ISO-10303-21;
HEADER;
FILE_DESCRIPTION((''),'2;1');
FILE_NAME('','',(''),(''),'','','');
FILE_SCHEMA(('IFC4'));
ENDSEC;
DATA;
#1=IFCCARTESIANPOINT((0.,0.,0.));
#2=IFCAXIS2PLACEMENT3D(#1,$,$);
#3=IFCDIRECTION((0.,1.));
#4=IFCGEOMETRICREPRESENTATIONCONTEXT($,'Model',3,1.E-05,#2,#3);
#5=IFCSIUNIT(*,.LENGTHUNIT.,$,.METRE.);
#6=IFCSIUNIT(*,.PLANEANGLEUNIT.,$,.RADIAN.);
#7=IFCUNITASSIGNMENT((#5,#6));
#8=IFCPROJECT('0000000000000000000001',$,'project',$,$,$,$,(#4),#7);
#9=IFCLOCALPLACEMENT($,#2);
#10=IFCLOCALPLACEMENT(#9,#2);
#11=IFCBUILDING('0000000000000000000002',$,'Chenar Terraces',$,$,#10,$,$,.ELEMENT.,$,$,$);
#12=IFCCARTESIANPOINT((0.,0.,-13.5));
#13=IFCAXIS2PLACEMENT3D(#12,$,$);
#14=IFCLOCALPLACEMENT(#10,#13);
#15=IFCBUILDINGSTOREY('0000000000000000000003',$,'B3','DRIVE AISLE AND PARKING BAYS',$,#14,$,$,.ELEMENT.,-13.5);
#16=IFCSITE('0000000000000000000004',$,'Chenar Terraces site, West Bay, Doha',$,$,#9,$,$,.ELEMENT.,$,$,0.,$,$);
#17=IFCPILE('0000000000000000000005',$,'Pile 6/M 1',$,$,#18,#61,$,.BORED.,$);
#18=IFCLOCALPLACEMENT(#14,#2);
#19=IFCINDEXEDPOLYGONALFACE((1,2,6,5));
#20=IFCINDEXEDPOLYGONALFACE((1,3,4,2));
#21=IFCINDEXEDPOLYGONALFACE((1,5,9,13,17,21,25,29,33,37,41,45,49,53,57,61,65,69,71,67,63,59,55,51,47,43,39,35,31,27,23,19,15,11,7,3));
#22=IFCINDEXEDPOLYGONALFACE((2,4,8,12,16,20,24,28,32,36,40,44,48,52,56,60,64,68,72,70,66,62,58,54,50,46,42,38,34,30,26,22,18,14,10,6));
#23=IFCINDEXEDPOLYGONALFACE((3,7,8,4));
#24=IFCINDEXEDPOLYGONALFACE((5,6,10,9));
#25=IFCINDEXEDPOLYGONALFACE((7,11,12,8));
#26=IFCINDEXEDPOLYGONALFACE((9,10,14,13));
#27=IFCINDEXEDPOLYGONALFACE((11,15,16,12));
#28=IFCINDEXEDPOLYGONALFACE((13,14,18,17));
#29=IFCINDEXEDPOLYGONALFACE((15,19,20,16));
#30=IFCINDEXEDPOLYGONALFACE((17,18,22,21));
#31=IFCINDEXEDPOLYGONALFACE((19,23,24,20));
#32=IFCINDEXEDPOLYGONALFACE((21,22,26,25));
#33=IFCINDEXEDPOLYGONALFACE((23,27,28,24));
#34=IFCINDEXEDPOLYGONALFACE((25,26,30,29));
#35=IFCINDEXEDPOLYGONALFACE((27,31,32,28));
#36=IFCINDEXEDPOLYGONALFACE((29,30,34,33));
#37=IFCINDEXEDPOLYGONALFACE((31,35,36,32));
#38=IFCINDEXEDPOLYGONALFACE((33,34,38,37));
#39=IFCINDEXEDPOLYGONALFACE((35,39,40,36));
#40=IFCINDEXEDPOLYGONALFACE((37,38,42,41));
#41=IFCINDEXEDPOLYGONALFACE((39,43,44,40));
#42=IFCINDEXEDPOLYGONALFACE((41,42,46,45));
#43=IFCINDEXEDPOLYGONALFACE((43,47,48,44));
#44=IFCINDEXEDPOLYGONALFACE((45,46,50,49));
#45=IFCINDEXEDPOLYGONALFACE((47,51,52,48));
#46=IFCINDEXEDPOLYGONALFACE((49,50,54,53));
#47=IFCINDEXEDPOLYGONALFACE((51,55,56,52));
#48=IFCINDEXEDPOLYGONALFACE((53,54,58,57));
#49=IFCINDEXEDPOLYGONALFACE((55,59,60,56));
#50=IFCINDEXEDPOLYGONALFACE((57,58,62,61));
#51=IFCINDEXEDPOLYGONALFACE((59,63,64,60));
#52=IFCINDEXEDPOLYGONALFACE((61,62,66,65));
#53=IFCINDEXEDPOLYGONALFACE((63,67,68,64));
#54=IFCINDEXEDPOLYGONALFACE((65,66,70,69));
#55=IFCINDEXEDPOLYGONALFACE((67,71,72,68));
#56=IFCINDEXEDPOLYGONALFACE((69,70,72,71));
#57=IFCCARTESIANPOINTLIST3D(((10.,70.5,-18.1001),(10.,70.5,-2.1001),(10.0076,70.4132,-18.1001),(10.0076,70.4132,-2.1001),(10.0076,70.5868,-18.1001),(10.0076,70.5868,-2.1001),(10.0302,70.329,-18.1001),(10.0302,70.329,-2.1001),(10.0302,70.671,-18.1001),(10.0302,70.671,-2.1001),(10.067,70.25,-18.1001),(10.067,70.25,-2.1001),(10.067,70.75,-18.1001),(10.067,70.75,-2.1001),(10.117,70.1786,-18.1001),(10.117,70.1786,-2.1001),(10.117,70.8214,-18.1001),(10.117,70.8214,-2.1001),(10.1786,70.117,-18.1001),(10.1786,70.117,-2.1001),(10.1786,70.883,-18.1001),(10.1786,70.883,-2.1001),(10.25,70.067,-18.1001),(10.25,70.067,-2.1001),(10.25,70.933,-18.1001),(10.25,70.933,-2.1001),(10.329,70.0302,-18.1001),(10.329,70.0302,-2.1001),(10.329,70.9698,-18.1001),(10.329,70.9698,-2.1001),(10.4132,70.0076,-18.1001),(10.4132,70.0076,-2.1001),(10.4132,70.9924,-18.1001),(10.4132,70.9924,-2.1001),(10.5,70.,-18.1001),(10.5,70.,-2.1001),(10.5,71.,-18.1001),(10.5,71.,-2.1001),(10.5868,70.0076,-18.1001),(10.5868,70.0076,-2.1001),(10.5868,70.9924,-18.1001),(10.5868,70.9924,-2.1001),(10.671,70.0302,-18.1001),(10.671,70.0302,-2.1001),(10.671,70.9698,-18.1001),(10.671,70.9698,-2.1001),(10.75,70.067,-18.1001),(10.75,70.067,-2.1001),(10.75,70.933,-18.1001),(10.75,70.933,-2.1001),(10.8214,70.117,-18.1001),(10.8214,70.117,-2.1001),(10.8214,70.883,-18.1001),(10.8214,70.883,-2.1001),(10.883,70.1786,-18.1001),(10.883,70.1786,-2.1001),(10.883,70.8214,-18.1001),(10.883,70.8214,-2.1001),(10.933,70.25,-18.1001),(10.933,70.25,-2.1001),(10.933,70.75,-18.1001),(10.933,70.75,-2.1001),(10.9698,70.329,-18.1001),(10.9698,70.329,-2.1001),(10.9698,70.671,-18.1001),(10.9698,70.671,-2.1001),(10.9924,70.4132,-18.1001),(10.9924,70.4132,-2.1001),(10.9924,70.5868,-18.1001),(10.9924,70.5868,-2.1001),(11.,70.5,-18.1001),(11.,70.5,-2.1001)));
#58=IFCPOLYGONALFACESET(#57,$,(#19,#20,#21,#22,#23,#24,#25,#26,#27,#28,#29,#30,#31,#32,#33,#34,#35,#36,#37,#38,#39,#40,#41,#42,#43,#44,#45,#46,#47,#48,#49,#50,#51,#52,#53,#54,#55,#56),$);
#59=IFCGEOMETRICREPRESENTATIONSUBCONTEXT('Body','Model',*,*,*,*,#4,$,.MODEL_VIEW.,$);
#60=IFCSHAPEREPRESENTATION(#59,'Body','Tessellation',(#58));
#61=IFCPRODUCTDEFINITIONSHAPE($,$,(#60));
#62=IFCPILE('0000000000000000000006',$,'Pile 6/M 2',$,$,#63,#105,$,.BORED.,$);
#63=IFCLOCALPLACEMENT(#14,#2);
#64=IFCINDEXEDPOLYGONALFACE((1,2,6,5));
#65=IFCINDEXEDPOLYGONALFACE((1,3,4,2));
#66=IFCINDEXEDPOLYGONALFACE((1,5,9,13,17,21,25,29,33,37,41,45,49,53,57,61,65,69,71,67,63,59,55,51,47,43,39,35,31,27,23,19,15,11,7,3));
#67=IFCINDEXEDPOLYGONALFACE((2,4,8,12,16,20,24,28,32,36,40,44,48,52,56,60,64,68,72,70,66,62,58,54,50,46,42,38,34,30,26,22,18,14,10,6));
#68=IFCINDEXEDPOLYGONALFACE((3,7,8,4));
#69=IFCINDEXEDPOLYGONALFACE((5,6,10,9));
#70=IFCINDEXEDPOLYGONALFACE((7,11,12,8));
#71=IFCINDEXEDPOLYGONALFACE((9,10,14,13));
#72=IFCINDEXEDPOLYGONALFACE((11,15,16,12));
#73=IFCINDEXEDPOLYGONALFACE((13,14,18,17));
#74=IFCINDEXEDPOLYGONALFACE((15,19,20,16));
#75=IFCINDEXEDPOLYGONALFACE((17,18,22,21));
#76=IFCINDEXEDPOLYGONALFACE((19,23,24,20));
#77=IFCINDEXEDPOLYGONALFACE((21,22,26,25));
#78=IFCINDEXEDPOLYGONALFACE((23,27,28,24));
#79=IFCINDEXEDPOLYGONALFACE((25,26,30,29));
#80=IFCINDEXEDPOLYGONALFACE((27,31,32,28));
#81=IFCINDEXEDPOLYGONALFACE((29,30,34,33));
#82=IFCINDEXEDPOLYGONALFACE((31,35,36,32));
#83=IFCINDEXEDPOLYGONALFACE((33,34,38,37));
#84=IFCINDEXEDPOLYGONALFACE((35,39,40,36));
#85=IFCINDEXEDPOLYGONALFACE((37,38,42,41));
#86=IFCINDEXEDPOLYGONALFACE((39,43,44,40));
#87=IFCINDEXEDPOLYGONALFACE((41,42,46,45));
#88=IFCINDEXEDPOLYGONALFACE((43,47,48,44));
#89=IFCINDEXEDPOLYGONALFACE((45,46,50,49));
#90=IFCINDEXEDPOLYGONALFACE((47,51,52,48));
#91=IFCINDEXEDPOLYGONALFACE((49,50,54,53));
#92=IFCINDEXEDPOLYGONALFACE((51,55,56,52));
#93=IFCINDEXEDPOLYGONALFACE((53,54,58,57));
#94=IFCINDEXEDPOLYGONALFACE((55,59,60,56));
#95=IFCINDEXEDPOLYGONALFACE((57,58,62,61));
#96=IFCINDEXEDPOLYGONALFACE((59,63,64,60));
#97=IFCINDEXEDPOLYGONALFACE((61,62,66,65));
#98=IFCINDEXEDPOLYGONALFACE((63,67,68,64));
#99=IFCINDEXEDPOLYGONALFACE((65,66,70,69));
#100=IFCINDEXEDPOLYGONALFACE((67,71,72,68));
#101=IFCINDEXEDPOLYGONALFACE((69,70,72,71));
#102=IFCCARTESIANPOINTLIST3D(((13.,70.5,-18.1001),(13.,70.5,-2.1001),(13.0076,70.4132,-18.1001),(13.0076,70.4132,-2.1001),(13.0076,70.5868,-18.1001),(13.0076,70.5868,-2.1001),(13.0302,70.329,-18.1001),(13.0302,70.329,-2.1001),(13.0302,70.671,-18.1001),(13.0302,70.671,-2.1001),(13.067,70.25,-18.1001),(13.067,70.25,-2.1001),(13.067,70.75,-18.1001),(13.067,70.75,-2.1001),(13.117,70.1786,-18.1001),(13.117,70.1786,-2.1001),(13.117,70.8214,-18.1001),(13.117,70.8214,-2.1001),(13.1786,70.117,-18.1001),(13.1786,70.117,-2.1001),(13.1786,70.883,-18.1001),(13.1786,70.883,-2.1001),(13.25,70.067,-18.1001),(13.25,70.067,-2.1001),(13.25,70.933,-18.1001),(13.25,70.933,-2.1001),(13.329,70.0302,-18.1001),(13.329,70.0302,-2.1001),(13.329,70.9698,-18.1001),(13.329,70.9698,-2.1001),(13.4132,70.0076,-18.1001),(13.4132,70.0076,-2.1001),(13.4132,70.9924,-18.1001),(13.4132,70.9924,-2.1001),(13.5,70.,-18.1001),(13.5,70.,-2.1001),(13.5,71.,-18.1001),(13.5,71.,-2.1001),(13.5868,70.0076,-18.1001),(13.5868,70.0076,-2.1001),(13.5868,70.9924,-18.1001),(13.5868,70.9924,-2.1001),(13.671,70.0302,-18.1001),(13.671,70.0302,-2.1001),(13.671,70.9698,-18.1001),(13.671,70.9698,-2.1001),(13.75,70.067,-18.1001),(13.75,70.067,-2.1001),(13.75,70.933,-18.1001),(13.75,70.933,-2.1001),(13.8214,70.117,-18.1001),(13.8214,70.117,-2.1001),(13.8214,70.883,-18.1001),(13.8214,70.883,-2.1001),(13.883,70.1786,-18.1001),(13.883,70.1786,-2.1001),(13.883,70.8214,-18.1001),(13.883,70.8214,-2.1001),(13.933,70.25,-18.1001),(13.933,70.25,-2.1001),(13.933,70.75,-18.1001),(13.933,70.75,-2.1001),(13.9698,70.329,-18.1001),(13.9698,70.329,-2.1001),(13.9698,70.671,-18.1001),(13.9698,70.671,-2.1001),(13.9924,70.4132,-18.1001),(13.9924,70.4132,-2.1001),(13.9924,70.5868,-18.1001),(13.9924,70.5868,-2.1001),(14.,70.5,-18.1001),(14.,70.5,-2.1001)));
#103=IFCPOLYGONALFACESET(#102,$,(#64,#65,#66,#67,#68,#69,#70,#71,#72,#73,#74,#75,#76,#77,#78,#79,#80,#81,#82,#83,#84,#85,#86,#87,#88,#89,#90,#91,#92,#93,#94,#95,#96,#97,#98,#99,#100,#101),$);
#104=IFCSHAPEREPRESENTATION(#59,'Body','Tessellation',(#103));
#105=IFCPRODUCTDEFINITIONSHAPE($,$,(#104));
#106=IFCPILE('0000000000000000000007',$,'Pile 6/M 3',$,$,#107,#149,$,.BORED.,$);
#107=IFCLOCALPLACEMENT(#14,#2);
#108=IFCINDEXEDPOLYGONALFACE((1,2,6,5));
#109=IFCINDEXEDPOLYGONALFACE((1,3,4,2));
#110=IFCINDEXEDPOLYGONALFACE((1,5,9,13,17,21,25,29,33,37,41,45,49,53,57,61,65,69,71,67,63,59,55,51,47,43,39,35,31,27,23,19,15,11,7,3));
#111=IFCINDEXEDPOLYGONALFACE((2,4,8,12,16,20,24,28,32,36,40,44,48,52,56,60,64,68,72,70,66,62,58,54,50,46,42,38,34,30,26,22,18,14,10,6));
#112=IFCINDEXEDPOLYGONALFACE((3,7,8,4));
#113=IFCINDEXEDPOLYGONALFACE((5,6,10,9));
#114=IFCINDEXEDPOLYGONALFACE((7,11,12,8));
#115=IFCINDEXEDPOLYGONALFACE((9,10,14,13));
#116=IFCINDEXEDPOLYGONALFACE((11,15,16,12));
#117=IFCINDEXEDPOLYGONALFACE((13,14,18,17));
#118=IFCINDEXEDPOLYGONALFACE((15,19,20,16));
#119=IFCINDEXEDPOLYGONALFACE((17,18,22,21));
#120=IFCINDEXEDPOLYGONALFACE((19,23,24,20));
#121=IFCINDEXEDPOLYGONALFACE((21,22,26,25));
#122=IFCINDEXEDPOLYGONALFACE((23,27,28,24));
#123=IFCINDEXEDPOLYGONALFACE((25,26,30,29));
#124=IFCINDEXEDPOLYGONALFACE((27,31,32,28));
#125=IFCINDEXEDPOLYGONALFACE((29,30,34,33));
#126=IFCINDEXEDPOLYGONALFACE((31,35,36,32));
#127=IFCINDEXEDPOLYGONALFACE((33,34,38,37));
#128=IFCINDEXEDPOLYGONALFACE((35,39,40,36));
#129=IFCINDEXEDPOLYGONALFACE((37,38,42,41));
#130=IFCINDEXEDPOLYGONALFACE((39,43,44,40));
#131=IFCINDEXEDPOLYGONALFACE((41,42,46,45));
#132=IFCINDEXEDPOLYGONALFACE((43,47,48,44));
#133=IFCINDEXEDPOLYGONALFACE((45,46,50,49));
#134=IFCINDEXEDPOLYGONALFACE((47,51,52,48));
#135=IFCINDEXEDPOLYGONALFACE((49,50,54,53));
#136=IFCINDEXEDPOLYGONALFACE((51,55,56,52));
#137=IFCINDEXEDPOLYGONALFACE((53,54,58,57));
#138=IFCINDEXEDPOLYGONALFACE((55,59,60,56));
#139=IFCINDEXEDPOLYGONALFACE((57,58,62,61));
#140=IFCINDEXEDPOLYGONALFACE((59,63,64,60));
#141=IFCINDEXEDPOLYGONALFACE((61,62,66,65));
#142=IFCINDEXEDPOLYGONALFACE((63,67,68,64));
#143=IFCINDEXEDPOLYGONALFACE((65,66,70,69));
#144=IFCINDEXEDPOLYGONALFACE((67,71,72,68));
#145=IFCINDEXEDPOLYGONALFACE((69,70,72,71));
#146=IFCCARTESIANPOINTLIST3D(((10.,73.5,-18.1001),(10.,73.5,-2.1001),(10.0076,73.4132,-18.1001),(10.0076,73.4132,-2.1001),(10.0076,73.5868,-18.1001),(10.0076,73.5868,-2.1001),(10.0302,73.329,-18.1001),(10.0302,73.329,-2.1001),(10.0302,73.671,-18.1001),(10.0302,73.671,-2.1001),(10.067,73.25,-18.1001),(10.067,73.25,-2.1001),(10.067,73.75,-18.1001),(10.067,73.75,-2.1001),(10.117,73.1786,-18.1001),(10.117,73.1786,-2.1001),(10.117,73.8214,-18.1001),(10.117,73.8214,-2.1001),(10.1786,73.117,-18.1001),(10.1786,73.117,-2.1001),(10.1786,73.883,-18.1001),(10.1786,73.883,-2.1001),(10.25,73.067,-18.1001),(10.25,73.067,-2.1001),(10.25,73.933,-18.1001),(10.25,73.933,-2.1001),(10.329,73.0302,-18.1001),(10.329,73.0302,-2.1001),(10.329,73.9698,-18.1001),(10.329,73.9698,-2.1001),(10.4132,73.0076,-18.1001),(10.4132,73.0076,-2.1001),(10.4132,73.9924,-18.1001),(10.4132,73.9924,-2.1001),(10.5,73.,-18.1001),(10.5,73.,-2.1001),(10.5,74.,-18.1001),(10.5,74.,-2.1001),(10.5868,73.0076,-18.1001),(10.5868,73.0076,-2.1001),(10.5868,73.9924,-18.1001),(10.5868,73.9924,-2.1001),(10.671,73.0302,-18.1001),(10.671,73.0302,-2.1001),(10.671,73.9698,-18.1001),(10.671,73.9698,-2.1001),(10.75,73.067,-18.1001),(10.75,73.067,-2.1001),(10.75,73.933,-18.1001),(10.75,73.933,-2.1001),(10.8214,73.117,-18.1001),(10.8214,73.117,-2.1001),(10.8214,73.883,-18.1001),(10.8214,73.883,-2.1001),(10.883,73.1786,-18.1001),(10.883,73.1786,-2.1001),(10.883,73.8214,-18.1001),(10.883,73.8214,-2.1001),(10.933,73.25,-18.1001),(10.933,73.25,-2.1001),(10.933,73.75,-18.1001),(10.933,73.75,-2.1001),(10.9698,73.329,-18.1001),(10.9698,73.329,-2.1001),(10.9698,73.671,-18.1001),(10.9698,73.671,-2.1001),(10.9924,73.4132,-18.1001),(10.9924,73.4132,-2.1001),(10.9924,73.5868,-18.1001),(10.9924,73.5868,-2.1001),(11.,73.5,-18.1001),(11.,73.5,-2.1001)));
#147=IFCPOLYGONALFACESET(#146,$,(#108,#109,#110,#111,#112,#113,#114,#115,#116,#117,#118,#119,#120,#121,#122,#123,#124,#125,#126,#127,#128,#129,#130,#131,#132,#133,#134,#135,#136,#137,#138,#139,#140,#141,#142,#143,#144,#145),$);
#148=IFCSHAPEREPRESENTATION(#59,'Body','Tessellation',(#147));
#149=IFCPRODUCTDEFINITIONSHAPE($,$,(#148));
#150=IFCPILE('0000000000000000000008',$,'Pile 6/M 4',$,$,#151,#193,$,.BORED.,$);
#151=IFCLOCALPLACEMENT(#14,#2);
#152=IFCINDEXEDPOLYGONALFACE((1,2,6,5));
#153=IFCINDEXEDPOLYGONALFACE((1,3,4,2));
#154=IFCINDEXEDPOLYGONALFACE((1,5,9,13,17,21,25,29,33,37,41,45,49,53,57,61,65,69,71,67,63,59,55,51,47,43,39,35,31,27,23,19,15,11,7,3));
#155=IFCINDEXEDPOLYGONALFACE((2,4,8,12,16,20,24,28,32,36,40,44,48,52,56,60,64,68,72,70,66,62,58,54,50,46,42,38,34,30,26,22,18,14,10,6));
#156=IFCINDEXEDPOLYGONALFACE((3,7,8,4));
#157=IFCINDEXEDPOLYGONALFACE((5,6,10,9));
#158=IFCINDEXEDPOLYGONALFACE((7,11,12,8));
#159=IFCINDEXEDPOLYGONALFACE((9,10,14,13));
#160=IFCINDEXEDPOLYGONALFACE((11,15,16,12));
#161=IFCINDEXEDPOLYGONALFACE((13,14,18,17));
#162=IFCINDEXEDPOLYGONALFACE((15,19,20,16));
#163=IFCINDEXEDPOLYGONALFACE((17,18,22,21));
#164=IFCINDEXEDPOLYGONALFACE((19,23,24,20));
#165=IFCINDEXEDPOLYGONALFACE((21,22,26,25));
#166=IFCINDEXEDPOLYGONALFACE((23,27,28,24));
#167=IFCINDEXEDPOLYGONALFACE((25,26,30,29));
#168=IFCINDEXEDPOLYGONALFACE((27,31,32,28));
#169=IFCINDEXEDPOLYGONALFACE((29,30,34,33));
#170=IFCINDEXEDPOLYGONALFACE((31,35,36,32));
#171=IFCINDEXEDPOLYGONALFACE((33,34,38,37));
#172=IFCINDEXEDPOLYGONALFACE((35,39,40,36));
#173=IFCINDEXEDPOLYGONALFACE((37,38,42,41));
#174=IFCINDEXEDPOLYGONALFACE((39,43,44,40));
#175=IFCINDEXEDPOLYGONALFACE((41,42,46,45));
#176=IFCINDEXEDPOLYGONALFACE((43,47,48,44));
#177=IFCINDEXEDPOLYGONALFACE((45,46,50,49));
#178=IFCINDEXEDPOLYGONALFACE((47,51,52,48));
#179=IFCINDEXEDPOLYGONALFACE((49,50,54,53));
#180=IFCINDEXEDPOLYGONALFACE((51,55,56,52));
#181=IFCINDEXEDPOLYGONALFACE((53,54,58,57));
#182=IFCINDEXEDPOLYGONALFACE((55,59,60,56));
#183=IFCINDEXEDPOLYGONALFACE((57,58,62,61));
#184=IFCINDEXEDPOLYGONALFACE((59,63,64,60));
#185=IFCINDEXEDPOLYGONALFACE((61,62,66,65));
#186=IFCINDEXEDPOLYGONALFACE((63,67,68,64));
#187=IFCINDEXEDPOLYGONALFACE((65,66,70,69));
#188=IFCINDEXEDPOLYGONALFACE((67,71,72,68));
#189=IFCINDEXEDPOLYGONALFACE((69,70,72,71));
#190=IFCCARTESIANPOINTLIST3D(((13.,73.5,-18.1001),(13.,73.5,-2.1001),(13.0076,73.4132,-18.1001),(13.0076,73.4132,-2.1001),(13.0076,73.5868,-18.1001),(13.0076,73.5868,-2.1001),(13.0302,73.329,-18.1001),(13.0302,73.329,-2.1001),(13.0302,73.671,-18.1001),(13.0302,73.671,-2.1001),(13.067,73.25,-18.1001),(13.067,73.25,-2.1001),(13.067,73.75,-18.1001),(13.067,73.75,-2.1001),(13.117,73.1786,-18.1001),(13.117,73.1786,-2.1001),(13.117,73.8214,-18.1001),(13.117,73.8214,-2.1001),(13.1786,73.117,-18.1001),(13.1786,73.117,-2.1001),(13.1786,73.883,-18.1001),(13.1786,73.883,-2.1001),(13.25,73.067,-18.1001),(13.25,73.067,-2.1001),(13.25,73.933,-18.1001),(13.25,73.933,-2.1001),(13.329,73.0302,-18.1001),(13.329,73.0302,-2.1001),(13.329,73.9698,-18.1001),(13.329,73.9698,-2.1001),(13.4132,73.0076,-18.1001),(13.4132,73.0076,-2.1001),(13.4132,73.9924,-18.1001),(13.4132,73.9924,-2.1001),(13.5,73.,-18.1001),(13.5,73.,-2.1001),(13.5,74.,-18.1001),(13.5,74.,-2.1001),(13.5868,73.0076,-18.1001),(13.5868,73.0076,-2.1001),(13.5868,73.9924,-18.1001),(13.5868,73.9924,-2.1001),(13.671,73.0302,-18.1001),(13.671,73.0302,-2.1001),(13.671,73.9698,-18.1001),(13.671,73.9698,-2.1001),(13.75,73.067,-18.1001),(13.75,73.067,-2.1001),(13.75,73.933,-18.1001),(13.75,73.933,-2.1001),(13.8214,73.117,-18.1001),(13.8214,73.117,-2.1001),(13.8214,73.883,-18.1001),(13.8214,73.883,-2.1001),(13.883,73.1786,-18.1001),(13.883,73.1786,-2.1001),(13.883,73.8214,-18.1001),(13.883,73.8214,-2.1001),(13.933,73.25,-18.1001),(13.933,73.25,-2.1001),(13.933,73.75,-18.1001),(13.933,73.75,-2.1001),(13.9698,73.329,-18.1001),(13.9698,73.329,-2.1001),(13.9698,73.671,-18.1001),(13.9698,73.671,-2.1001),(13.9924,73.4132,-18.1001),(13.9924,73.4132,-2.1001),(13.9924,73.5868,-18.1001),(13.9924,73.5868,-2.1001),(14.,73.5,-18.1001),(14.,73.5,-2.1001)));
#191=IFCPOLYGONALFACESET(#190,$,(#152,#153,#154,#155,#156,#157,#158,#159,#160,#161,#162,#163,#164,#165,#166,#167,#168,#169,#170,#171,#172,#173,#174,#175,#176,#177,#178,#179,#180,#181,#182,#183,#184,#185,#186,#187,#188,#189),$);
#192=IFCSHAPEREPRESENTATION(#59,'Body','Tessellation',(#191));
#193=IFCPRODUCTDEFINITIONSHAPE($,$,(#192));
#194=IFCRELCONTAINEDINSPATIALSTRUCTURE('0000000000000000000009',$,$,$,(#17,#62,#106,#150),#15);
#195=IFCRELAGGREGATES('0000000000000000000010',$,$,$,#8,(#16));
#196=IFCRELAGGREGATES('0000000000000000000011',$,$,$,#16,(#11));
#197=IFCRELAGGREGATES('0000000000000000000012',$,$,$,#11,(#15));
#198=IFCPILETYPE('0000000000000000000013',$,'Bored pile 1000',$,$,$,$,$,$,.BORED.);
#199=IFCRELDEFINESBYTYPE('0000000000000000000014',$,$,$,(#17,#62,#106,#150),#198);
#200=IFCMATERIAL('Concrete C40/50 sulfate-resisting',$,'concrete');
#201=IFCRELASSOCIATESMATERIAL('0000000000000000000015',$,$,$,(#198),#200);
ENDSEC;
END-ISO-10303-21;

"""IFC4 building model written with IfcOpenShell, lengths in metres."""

from ifc_helpers import new_model, si_unit, direction, frame, origin, origin_2d, place, context, subcontext, project, spatial, circle, extrude, material, material_profile, profile_set, type_object, element, save


model = new_model("IFC4")

# Units and contexts
model_context = context("Model", 3, precision=1e-05, world=origin(), true_north=direction((0.0, 1.0)))
body_context = subcontext(model_context, "Body", "Model", "MODEL_VIEW")
ifc_project = project(units=[si_unit("LENGTHUNIT", "METRE"), si_unit("PLANEANGLEUNIT", "RADIAN")], contexts=[model_context])

# Site, building, storey
site_placement = place(None, origin())
site = spatial("IfcSite", under=ifc_project, at=site_placement, Name="Chenar Terraces site, West Bay, Doha", CompositionType="ELEMENT", RefElevation=0.0)
building_placement = place(site_placement, origin())
building = spatial("IfcBuilding", under=site, at=building_placement, Name="Chenar Terraces", CompositionType="ELEMENT")
storey_placement = place(building_placement, frame((0.0, 0.0, -13.5)))
storey = spatial("IfcBuildingStorey", under=building, at=storey_placement, Name="B3", Description="DRIVE AISLE AND PARKING BAYS", CompositionType="ELEMENT", Elevation=-13.5)

# Piles
ifc_material_1 = material(Name="Concrete C40/50 sulfate-resisting", Category="concrete")
ifc_material_profile_1 = material_profile(ifc_material_1, circle(Radius=0.5, at=origin_2d()), Name="BP 1000")
ifc_profile_set_1 = profile_set([ifc_material_profile_1], Name="Concrete C40/50 sulfate-resisting")
pile_type_1 = type_object("IfcPileType", Name="Bored pile 1000", PredefinedType="BORED", material=ifc_profile_set_1)
for number, where, z_axis, x_axis, name in (
    (1, (10.5, 70.5, -2.1001), (0.0, 0.0, -1.0), (1.0, 0.0, 0.0), "Pile 6/M 1"),
    (2, (13.5, 70.5, -2.1001), (0.0, 0.0, -1.0), (1.0, 0.0, 0.0), "Pile 6/M 2"),
    (3, (10.5, 73.5, -2.1001), (0.0, 0.0, -1.0), (1.0, 0.0, 0.0), "Pile 6/M 3"),
    (4, (13.5, 73.5, -2.1001), (0.0, 0.0, -1.0), (1.0, 0.0, 0.0), "Pile 6/M 4"),
):
    element("IfcPile", number, at=place(storey_placement, frame(where, z_axis=z_axis, x_axis=x_axis)), inside=storey, type_object=pile_type_1, Name=name, PredefinedType="BORED", context=body_context, shape_type="SweptSolid", body=[
        extrude(circle(Radius=0.5, at=origin_2d()), origin(), (0.0, 0.0, 1.0), 16.0),
    ])

save(model, "model.ifc")
